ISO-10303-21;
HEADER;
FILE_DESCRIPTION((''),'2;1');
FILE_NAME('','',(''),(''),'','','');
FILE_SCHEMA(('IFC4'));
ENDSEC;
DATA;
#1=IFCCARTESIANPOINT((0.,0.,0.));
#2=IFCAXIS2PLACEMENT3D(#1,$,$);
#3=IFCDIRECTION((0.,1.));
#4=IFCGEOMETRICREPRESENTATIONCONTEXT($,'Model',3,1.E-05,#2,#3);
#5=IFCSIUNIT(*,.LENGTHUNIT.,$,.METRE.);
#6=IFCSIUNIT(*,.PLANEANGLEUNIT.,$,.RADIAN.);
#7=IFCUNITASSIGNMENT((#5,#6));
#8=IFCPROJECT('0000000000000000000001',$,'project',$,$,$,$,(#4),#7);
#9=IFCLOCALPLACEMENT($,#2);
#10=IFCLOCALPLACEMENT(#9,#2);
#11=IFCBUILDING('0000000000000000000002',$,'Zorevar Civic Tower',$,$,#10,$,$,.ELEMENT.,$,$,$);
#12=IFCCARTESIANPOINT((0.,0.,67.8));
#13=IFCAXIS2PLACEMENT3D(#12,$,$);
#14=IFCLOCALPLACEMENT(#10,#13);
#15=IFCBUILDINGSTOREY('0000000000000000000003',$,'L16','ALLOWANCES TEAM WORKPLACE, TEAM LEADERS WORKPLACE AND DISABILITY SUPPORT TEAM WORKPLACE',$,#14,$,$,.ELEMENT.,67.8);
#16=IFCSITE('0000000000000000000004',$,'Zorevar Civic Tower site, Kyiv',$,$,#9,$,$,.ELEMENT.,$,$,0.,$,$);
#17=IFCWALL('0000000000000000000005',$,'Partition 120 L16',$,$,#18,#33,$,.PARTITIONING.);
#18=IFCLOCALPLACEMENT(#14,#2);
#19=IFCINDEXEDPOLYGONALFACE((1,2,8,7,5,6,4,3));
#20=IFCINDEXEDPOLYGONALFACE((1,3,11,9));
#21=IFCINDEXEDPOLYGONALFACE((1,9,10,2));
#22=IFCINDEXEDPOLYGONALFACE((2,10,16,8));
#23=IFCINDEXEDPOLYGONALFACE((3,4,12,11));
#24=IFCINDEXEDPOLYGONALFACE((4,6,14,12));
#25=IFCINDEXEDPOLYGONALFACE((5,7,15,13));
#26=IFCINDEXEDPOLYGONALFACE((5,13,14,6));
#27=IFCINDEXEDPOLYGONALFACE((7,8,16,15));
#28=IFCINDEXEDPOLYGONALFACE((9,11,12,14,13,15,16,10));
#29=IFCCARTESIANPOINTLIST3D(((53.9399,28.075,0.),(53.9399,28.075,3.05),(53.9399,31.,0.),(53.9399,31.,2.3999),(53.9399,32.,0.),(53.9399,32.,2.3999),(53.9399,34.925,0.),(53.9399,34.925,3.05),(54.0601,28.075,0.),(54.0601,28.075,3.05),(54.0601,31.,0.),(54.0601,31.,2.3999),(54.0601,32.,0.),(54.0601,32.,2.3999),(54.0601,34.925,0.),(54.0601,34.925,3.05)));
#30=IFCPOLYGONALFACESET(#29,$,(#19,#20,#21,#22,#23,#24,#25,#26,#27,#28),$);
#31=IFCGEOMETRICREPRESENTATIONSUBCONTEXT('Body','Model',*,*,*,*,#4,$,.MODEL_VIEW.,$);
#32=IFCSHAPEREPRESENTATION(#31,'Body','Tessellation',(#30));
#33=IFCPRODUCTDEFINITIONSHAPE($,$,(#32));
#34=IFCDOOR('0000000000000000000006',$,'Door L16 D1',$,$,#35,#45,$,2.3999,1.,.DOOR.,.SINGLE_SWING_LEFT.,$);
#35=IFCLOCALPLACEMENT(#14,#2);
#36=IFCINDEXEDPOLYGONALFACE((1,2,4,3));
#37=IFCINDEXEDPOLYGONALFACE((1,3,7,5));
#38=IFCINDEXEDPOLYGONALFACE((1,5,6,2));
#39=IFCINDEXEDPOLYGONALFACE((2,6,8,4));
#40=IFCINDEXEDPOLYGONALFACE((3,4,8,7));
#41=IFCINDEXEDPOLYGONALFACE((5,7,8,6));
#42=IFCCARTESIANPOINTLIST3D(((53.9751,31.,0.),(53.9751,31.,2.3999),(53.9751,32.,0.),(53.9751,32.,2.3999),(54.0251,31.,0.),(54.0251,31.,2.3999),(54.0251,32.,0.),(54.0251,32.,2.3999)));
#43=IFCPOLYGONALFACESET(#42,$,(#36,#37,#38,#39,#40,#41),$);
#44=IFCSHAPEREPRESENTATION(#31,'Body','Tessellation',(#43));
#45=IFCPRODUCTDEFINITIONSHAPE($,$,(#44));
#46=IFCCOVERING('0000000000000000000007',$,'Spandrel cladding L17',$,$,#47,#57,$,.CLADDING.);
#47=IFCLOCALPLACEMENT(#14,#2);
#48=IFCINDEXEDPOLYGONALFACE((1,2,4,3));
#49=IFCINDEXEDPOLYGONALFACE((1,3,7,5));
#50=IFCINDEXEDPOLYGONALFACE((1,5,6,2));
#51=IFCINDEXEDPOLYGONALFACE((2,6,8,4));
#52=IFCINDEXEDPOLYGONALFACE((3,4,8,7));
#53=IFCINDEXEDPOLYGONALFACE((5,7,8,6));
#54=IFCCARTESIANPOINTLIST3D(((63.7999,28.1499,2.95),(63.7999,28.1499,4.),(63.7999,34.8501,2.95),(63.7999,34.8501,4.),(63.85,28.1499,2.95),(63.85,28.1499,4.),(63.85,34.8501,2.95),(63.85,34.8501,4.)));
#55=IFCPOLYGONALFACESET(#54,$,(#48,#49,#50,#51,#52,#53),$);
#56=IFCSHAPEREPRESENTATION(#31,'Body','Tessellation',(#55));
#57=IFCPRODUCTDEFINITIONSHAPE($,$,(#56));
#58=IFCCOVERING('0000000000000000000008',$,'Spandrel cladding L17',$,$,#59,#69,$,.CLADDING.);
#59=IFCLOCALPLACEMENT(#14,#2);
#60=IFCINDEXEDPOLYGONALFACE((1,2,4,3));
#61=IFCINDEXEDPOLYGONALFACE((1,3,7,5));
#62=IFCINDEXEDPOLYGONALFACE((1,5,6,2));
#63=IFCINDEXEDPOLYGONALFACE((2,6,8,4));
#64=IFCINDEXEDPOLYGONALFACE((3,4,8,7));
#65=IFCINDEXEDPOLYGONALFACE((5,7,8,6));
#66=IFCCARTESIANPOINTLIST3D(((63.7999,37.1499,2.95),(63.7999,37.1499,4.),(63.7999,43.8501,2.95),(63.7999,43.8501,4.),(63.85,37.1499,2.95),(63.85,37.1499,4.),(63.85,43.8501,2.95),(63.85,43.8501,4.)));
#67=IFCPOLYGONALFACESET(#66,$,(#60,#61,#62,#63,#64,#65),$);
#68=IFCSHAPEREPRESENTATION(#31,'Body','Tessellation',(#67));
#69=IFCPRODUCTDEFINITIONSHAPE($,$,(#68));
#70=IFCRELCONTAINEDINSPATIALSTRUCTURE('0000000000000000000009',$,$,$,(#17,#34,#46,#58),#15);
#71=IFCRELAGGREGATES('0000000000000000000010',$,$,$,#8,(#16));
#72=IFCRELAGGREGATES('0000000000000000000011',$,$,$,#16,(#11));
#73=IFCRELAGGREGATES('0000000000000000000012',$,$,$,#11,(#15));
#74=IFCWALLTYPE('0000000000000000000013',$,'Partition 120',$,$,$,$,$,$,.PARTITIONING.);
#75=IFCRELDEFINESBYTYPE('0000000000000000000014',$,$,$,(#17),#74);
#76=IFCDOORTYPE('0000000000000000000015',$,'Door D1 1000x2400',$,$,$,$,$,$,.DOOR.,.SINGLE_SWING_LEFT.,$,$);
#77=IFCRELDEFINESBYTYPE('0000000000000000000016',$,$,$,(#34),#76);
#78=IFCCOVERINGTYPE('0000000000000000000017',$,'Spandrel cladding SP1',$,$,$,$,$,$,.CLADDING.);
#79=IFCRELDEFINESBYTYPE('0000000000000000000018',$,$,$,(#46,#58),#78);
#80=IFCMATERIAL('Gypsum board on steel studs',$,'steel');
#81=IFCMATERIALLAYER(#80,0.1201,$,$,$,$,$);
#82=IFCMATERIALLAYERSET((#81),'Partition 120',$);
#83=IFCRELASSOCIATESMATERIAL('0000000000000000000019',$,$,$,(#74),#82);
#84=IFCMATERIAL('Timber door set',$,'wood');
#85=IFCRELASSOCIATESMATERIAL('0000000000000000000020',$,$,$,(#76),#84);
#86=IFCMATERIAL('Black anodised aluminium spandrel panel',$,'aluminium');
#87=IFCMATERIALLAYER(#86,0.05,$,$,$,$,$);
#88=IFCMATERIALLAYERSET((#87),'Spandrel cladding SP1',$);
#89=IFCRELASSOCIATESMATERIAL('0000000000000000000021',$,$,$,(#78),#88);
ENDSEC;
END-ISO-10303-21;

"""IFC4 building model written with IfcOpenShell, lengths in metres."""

from ifc_helpers import new_model, si_unit, direction, frame, frame_2d, origin, place, context, subcontext, project, spatial, rectangle, extrude, material, layer, layer_set, type_object, element, fill, save


model = new_model("IFC4")

# Units and contexts
model_context = context("Model", 3, precision=1e-05, world=origin(), true_north=direction((0.0, 1.0)))
body_context = subcontext(model_context, "Body", "Model", "MODEL_VIEW")
ifc_project = project(units=[si_unit("LENGTHUNIT", "METRE"), si_unit("PLANEANGLEUNIT", "RADIAN")], contexts=[model_context])

# Site, building, storey
site_placement = place(None, origin())
site = spatial("IfcSite", under=ifc_project, at=site_placement, Name="Zorevar Civic Tower site, Kyiv", CompositionType="ELEMENT", RefElevation=0.0)
building_placement = place(site_placement, origin())
building = spatial("IfcBuilding", under=site, at=building_placement, Name="Zorevar Civic Tower", CompositionType="ELEMENT")
storey_placement = place(building_placement, frame((0.0, 0.0, 67.8)))
storey = spatial("IfcBuildingStorey", under=building, at=storey_placement, Name="L16", Description="ALLOWANCES TEAM WORKPLACE, TEAM LEADERS WORKPLACE AND DISABILITY SUPPORT TEAM WORKPLACE", CompositionType="ELEMENT", Elevation=67.8)

# Shared definitions
ifc_material_1 = material(Name="Gypsum board on steel studs", Category="steel")
ifc_layer_1 = layer(ifc_material_1, 0.1201)
ifc_layer_set_1 = layer_set([ifc_layer_1], Name="Partition 120")
wall_type_1 = type_object("IfcWallType", Name="Partition 120", PredefinedType="PARTITIONING", material=ifc_layer_set_1)

# Wall, opening, door
wall_1_placement = place(storey_placement, frame((54.0, 28.075, 0.0), z_axis=(0.0, 0.0, 1.0), x_axis=(0.0, 1.0, 0.0)))
wall_1 = element("IfcWall", 1, at=wall_1_placement, inside=storey, type_object=wall_type_1, Name="Partition 120 L16", PredefinedType="PARTITIONING", context=body_context, shape_type="SweptSolid", body=[
    extrude(rectangle(XDim=6.8501, YDim=0.1201, at=frame_2d((3.425, 0.0))), origin(), (0.0, 0.0, 1.0), 3.05),
])
opening_placement = place(wall_1_placement, frame((2.925, 0.0, 0.0)))
opening = element("IfcOpeningElement", 2, at=opening_placement, cuts=wall_1, PredefinedType="OPENING", context=body_context, shape_type="SweptSolid", body=[
    extrude(rectangle(XDim=1.0, YDim=2.3999, at=frame_2d((0.5, 1.2))), frame((0.0, 0.0701, 0.0), z_axis=(0.0, -1.0, 0.0), x_axis=(1.0, 0.0, 0.0)), (0.0, 0.0, 1.0), 0.1401),
])
ifc_material_2 = material(Name="Timber door set", Category="wood")
door_type = type_object("IfcDoorType", Name="Door D1 1000x2400", OperationType="SINGLE_SWING_LEFT", PredefinedType="DOOR", material=ifc_material_2)
door_placement = place(opening_placement, origin())
door = element("IfcDoor", 3, at=door_placement, inside=storey, type_object=door_type, Name="Door L16 D1", OperationType="SINGLE_SWING_LEFT", OverallHeight=2.3999, OverallWidth=1.0, PredefinedType="DOOR", context=body_context, shape_type="SweptSolid", body=[
    extrude(rectangle(XDim=1.0, YDim=2.3999, at=frame_2d((0.5, 1.2))), frame((0.0, 0.0249, 0.0), z_axis=(0.0, -1.0, 0.0), x_axis=(1.0, 0.0, 0.0)), (0.0, 0.0, 1.0), 0.05),
])
fill(opening, door)

# Coverings
ifc_material_3 = material(Name="Black anodised aluminium spandrel panel", Category="aluminium")
ifc_layer_2 = layer(ifc_material_3, 0.05)
ifc_layer_set_2 = layer_set([ifc_layer_2], Name="Spandrel cladding SP1")
covering_type = type_object("IfcCoveringType", Name="Spandrel cladding SP1", PredefinedType="CLADDING", material=ifc_layer_set_2)
for number, where, z_axis, x_axis, name in (
    (4, (63.825, 28.1499, 2.95), (0.0, 0.0, 1.0), (0.0, 1.0, 0.0), "Spandrel cladding L17"),
    (5, (63.825, 37.1499, 2.95), (0.0, 0.0, 1.0), (0.0, 1.0, 0.0), "Spandrel cladding L17"),
):
    element("IfcCovering", number, at=place(storey_placement, frame(where, z_axis=z_axis, x_axis=x_axis)), inside=storey, type_object=covering_type, Name=name, PredefinedType="CLADDING", context=body_context, shape_type="SweptSolid", body=[
        extrude(rectangle(XDim=6.7002, YDim=0.05, at=frame_2d((3.3501, 0.0))), origin(), (0.0, 0.0, 1.0), 1.05),
    ])

save(model, "model.ifc")
